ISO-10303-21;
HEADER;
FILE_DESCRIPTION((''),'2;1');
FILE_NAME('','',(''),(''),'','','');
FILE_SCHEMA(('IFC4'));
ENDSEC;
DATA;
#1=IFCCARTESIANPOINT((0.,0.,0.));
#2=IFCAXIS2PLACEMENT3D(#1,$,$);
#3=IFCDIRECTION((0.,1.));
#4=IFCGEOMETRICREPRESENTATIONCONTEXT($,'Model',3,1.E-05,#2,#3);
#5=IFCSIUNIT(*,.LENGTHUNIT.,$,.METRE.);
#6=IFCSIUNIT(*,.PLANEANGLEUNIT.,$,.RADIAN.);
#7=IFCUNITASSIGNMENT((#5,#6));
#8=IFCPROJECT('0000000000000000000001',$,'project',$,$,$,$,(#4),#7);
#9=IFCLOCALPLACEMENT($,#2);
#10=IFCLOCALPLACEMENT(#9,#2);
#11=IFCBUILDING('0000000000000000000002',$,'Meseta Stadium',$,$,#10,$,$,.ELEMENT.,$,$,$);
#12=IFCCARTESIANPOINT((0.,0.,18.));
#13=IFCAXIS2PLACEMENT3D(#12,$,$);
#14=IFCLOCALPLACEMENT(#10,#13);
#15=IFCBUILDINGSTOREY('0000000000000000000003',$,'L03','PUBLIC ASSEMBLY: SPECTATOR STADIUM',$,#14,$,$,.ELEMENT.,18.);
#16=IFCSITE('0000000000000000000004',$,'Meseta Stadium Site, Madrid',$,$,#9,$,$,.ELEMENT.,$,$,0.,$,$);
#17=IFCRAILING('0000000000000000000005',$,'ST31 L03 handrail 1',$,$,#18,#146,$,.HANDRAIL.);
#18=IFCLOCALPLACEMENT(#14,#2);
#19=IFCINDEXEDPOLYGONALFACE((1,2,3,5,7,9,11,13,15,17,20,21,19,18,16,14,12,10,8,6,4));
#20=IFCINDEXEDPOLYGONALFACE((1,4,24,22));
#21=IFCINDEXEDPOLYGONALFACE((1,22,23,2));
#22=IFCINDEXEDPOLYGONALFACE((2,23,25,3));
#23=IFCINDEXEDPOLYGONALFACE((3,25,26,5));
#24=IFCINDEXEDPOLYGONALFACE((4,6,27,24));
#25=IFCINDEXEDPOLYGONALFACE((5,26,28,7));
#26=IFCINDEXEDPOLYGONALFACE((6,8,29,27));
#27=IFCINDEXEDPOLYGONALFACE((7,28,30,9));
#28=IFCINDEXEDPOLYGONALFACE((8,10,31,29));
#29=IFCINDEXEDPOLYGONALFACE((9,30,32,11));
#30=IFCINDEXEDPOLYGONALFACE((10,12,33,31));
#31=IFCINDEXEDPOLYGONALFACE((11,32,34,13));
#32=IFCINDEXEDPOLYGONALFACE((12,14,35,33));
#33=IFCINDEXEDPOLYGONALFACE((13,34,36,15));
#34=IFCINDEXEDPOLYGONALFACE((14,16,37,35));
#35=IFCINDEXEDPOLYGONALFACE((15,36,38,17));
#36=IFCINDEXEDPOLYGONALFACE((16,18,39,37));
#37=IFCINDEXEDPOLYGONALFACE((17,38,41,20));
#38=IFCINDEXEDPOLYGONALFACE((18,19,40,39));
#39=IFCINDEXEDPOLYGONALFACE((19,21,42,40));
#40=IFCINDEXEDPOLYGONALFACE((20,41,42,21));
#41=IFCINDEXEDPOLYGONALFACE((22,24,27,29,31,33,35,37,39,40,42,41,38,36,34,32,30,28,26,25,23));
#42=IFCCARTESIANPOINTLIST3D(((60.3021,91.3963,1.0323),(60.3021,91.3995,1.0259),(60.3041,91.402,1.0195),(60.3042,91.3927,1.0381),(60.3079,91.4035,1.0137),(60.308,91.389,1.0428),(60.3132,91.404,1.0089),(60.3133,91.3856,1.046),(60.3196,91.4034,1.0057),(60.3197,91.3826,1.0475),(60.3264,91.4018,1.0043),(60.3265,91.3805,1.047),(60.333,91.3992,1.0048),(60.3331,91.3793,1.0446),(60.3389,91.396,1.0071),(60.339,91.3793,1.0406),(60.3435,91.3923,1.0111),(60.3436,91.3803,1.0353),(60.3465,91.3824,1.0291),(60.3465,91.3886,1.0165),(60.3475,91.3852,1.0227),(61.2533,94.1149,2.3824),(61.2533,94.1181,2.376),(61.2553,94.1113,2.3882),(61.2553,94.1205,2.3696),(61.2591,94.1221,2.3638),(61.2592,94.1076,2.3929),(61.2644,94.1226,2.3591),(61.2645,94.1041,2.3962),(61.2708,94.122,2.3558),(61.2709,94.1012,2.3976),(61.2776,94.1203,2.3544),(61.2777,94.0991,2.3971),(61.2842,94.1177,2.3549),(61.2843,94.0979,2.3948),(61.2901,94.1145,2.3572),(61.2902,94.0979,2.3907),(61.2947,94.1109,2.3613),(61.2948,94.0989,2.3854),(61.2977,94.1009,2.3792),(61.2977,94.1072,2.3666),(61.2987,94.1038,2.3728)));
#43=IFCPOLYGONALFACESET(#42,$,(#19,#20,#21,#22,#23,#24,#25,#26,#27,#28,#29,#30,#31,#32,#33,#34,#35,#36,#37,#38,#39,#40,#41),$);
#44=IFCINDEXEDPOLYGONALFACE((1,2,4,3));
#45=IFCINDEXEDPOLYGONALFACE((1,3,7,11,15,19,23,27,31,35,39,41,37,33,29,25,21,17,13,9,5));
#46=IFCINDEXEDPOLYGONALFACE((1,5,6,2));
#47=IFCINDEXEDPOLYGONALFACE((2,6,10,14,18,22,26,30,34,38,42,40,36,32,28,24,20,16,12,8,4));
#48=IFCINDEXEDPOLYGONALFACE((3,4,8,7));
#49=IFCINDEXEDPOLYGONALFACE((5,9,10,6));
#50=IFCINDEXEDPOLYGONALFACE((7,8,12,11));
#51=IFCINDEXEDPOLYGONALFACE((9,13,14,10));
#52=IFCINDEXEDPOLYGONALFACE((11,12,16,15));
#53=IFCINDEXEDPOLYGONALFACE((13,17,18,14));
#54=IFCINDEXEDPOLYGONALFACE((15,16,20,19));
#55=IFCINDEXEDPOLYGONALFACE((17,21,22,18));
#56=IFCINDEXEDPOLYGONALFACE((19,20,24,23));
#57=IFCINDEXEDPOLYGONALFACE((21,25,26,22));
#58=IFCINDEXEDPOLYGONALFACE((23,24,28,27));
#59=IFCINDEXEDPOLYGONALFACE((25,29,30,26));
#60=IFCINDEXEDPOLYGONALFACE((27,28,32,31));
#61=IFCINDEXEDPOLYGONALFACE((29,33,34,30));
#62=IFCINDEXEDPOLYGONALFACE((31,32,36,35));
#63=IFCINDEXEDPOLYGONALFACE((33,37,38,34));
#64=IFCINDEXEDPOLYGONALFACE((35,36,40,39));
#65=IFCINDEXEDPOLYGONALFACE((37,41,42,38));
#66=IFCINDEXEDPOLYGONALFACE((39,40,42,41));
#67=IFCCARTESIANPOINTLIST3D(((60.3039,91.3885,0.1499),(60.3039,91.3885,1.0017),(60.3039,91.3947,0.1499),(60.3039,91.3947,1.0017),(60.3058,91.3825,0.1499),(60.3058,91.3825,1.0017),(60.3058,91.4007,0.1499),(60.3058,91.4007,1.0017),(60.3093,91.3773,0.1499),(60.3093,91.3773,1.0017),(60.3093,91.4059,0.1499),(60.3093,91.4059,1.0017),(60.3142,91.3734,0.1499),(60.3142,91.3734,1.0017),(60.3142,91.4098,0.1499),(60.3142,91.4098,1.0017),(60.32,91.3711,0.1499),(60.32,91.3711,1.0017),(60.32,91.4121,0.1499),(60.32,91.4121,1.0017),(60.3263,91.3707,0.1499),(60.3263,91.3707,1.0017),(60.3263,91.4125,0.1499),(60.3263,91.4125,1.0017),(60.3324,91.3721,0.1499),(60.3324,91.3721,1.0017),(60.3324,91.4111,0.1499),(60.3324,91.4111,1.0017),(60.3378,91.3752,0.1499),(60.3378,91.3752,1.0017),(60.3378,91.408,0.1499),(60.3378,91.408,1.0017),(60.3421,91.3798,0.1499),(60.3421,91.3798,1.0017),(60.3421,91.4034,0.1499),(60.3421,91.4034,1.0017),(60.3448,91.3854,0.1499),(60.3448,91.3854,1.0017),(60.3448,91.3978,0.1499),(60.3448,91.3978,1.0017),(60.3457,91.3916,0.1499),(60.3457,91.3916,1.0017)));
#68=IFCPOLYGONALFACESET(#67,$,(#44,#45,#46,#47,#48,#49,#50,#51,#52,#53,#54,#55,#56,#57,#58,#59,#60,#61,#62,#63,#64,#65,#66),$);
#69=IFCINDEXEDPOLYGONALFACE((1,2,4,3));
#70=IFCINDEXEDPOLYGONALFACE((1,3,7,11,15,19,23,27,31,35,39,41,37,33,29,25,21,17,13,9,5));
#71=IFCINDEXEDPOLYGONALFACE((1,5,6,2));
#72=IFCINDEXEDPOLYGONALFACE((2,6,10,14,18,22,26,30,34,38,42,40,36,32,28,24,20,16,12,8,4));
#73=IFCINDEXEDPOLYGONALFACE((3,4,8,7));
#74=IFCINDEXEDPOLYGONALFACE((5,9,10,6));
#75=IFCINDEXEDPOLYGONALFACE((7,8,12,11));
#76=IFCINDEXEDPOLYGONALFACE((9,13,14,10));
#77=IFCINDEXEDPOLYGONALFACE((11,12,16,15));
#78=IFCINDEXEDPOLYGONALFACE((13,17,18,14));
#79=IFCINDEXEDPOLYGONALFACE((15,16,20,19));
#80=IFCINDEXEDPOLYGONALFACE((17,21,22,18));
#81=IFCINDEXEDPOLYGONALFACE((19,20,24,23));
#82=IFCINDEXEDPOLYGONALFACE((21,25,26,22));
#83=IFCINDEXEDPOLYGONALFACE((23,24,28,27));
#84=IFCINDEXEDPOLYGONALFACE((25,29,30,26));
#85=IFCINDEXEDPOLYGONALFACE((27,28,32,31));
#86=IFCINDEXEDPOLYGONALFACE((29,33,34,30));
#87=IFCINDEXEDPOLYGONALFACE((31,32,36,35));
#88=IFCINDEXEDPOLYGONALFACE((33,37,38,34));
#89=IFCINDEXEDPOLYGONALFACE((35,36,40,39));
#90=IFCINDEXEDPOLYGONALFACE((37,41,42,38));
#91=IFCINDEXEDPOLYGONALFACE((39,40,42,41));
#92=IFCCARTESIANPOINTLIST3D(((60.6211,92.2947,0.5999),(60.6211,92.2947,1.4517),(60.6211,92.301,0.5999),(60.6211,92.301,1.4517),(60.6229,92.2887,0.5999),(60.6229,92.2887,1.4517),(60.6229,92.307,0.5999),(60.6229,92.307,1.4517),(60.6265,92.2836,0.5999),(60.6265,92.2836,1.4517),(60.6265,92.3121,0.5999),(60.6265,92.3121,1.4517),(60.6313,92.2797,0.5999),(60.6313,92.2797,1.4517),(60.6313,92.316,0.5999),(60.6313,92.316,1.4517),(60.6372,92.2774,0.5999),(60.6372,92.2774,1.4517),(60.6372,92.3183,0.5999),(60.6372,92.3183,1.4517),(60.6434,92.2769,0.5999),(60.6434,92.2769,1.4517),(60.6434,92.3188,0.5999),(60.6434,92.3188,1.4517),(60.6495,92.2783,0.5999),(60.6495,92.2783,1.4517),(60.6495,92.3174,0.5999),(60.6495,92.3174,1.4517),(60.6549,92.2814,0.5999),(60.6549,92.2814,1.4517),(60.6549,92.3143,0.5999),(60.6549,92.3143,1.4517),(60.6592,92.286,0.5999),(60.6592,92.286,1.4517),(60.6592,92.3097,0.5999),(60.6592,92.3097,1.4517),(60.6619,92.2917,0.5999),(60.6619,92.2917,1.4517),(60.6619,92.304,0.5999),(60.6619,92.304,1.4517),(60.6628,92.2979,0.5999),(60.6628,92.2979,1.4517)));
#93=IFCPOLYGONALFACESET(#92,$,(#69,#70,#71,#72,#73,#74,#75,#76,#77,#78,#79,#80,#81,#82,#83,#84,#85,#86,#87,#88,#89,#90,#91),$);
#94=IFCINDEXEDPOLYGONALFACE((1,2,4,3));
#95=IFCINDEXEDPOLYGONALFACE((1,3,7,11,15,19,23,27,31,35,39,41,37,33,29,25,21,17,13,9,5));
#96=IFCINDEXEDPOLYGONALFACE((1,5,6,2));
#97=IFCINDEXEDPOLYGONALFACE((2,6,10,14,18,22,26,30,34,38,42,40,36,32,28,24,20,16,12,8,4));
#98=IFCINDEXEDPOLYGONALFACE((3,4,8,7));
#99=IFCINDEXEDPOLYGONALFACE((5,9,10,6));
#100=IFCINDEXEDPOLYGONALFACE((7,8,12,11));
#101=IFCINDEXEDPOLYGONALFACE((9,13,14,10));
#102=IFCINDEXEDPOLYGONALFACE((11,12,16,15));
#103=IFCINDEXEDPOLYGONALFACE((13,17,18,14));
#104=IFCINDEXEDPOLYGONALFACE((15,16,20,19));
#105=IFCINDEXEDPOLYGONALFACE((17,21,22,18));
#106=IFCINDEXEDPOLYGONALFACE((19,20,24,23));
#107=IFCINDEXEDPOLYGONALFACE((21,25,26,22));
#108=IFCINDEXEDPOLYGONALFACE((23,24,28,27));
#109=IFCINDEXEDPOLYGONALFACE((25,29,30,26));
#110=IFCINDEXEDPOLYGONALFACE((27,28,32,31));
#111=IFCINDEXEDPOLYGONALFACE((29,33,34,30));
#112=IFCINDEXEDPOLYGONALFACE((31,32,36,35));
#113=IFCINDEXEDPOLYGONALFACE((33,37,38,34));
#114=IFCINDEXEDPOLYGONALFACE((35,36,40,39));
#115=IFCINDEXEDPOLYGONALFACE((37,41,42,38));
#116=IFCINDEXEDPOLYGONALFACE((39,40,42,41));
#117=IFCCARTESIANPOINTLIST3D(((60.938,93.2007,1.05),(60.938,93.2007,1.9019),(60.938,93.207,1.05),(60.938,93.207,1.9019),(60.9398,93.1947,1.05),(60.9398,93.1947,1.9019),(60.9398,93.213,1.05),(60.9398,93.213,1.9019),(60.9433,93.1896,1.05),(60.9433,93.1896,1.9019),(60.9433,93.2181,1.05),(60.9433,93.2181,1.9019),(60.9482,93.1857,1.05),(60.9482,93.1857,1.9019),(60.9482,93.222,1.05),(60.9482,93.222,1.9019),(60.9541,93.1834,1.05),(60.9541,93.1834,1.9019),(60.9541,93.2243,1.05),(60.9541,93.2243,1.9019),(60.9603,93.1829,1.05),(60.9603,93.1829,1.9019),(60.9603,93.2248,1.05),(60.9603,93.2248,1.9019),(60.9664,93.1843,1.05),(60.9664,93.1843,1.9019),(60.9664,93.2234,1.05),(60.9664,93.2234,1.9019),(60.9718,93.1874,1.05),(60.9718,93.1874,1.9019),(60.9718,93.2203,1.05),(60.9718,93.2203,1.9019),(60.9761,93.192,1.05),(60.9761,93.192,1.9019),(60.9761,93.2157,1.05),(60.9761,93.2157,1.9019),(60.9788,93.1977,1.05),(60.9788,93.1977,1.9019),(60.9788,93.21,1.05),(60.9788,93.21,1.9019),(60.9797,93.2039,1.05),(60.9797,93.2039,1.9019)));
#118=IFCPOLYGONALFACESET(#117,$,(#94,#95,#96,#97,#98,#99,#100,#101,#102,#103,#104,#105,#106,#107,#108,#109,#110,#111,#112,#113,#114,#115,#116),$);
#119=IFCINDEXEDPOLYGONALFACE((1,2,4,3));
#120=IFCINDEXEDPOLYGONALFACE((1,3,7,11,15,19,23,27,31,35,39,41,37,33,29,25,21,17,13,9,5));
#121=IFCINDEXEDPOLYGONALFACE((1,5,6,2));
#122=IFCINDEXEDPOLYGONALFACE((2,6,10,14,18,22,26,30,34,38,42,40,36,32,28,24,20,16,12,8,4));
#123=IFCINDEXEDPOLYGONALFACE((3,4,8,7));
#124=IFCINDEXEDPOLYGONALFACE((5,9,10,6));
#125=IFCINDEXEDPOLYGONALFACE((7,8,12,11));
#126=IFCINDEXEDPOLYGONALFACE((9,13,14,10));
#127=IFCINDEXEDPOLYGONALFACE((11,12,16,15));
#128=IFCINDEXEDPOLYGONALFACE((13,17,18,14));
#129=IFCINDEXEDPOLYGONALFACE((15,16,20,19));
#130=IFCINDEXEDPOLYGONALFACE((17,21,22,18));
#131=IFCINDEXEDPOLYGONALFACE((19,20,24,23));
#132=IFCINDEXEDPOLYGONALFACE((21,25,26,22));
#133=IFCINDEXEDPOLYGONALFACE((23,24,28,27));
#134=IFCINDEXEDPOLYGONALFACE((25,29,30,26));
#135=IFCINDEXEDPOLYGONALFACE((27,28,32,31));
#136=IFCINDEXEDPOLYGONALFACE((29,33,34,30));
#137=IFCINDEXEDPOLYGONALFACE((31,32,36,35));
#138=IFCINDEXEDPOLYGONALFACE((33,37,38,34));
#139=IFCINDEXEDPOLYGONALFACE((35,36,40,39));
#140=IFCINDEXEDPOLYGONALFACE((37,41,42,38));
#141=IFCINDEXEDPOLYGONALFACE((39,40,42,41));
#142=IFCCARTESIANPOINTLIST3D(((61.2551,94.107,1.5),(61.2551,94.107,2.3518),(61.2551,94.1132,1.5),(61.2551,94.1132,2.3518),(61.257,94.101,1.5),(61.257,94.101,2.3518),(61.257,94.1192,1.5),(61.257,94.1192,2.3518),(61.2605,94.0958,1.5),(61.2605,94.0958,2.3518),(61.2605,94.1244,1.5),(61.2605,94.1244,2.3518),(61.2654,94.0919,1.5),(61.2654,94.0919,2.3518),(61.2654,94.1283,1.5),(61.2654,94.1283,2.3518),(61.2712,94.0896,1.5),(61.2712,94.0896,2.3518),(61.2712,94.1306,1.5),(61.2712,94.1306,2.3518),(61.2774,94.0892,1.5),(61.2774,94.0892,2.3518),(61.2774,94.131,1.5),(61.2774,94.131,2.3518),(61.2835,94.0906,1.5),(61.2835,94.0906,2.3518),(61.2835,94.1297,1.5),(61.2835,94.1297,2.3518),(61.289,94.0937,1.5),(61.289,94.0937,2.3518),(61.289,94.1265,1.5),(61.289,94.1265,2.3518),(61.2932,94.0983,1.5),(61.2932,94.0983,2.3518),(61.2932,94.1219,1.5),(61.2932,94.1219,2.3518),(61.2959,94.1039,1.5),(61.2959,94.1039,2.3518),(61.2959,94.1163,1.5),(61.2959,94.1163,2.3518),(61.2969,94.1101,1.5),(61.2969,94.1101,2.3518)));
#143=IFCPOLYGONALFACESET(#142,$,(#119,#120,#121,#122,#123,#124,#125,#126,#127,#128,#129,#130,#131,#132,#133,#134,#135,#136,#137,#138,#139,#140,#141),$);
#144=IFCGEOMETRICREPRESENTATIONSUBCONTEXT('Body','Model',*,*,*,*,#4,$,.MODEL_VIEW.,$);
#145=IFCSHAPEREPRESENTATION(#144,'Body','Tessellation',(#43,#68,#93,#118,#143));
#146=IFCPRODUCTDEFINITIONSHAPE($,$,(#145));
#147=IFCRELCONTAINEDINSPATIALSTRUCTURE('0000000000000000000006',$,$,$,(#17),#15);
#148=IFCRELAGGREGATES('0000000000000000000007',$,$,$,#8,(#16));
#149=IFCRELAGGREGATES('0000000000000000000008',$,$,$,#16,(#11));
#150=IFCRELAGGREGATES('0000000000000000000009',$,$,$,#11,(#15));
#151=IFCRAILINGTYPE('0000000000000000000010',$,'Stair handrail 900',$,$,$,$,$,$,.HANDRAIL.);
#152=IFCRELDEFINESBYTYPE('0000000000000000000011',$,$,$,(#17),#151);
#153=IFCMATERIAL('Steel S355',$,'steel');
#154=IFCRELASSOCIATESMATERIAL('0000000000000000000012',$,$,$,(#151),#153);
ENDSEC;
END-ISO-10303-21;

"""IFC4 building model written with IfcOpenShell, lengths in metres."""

from ifc_helpers import new_model, si_unit, direction, frame, origin, origin_2d, place, context, subcontext, project, spatial, circle, extrude, material, type_object, element, save


model = new_model("IFC4")

# Units and contexts
model_context = context("Model", 3, precision=1e-05, world=origin(), true_north=direction((0.0, 1.0)))
body_context = subcontext(model_context, "Body", "Model", "MODEL_VIEW")
ifc_project = project(units=[si_unit("LENGTHUNIT", "METRE"), si_unit("PLANEANGLEUNIT", "RADIAN")], contexts=[model_context])

# Site, building, storey
site_placement = place(None, origin())
site = spatial("IfcSite", under=ifc_project, at=site_placement, Name="Meseta Stadium Site, Madrid", CompositionType="ELEMENT", RefElevation=0.0)
building_placement = place(site_placement, origin())
building = spatial("IfcBuilding", under=site, at=building_placement, Name="Meseta Stadium", CompositionType="ELEMENT")
storey_placement = place(building_placement, frame((0.0, 0.0, 18.0)))
storey = spatial("IfcBuildingStorey", under=building, at=storey_placement, Name="L03", Description="PUBLIC ASSEMBLY: SPECTATOR STADIUM", CompositionType="ELEMENT", Elevation=18.0)

# Railing
ifc_material_1 = material(Name="Steel S355", Category="steel")
railing_type_1 = type_object("IfcRailingType", Name="Stair handrail 900", PredefinedType="HANDRAIL", material=ifc_material_1)
for number, where, name in (
    (1, (60.3247, 91.3916, 0.1499), "ST31 L03 handrail 1"),
):
    element("IfcRailing", number, at=place(storey_placement, frame(where)), inside=storey, type_object=railing_type_1, Name=name, PredefinedType="HANDRAIL", context=body_context, shape_type="SweptSolid", body=[
        extrude(circle(Radius=0.0239, at=origin_2d()), frame((0.0, 0.0, 0.876), z_axis=(0.299031, 0.854649, 0.424446), x_axis=(-0.943891, 0.330256, 0.0)), (0.0, 0.0, 1.0), 3.1809),
        extrude(circle(Radius=0.021, at=origin_2d()), origin(), (0.0, 0.0, 1.0), 0.8518),
        extrude(circle(Radius=0.021, at=origin_2d()), frame((0.3171, 0.9062, 0.45)), (0.0, 0.0, 1.0), 0.8518),
        extrude(circle(Radius=0.021, at=origin_2d()), frame((0.634, 1.8123, 0.9001)), (0.0, 0.0, 1.0), 0.8518),
        extrude(circle(Radius=0.021, at=origin_2d()), frame((0.9512, 2.7185, 1.3501)), (0.0, 0.0, 1.0), 0.8518),
    ])

save(model, "model.ifc")
